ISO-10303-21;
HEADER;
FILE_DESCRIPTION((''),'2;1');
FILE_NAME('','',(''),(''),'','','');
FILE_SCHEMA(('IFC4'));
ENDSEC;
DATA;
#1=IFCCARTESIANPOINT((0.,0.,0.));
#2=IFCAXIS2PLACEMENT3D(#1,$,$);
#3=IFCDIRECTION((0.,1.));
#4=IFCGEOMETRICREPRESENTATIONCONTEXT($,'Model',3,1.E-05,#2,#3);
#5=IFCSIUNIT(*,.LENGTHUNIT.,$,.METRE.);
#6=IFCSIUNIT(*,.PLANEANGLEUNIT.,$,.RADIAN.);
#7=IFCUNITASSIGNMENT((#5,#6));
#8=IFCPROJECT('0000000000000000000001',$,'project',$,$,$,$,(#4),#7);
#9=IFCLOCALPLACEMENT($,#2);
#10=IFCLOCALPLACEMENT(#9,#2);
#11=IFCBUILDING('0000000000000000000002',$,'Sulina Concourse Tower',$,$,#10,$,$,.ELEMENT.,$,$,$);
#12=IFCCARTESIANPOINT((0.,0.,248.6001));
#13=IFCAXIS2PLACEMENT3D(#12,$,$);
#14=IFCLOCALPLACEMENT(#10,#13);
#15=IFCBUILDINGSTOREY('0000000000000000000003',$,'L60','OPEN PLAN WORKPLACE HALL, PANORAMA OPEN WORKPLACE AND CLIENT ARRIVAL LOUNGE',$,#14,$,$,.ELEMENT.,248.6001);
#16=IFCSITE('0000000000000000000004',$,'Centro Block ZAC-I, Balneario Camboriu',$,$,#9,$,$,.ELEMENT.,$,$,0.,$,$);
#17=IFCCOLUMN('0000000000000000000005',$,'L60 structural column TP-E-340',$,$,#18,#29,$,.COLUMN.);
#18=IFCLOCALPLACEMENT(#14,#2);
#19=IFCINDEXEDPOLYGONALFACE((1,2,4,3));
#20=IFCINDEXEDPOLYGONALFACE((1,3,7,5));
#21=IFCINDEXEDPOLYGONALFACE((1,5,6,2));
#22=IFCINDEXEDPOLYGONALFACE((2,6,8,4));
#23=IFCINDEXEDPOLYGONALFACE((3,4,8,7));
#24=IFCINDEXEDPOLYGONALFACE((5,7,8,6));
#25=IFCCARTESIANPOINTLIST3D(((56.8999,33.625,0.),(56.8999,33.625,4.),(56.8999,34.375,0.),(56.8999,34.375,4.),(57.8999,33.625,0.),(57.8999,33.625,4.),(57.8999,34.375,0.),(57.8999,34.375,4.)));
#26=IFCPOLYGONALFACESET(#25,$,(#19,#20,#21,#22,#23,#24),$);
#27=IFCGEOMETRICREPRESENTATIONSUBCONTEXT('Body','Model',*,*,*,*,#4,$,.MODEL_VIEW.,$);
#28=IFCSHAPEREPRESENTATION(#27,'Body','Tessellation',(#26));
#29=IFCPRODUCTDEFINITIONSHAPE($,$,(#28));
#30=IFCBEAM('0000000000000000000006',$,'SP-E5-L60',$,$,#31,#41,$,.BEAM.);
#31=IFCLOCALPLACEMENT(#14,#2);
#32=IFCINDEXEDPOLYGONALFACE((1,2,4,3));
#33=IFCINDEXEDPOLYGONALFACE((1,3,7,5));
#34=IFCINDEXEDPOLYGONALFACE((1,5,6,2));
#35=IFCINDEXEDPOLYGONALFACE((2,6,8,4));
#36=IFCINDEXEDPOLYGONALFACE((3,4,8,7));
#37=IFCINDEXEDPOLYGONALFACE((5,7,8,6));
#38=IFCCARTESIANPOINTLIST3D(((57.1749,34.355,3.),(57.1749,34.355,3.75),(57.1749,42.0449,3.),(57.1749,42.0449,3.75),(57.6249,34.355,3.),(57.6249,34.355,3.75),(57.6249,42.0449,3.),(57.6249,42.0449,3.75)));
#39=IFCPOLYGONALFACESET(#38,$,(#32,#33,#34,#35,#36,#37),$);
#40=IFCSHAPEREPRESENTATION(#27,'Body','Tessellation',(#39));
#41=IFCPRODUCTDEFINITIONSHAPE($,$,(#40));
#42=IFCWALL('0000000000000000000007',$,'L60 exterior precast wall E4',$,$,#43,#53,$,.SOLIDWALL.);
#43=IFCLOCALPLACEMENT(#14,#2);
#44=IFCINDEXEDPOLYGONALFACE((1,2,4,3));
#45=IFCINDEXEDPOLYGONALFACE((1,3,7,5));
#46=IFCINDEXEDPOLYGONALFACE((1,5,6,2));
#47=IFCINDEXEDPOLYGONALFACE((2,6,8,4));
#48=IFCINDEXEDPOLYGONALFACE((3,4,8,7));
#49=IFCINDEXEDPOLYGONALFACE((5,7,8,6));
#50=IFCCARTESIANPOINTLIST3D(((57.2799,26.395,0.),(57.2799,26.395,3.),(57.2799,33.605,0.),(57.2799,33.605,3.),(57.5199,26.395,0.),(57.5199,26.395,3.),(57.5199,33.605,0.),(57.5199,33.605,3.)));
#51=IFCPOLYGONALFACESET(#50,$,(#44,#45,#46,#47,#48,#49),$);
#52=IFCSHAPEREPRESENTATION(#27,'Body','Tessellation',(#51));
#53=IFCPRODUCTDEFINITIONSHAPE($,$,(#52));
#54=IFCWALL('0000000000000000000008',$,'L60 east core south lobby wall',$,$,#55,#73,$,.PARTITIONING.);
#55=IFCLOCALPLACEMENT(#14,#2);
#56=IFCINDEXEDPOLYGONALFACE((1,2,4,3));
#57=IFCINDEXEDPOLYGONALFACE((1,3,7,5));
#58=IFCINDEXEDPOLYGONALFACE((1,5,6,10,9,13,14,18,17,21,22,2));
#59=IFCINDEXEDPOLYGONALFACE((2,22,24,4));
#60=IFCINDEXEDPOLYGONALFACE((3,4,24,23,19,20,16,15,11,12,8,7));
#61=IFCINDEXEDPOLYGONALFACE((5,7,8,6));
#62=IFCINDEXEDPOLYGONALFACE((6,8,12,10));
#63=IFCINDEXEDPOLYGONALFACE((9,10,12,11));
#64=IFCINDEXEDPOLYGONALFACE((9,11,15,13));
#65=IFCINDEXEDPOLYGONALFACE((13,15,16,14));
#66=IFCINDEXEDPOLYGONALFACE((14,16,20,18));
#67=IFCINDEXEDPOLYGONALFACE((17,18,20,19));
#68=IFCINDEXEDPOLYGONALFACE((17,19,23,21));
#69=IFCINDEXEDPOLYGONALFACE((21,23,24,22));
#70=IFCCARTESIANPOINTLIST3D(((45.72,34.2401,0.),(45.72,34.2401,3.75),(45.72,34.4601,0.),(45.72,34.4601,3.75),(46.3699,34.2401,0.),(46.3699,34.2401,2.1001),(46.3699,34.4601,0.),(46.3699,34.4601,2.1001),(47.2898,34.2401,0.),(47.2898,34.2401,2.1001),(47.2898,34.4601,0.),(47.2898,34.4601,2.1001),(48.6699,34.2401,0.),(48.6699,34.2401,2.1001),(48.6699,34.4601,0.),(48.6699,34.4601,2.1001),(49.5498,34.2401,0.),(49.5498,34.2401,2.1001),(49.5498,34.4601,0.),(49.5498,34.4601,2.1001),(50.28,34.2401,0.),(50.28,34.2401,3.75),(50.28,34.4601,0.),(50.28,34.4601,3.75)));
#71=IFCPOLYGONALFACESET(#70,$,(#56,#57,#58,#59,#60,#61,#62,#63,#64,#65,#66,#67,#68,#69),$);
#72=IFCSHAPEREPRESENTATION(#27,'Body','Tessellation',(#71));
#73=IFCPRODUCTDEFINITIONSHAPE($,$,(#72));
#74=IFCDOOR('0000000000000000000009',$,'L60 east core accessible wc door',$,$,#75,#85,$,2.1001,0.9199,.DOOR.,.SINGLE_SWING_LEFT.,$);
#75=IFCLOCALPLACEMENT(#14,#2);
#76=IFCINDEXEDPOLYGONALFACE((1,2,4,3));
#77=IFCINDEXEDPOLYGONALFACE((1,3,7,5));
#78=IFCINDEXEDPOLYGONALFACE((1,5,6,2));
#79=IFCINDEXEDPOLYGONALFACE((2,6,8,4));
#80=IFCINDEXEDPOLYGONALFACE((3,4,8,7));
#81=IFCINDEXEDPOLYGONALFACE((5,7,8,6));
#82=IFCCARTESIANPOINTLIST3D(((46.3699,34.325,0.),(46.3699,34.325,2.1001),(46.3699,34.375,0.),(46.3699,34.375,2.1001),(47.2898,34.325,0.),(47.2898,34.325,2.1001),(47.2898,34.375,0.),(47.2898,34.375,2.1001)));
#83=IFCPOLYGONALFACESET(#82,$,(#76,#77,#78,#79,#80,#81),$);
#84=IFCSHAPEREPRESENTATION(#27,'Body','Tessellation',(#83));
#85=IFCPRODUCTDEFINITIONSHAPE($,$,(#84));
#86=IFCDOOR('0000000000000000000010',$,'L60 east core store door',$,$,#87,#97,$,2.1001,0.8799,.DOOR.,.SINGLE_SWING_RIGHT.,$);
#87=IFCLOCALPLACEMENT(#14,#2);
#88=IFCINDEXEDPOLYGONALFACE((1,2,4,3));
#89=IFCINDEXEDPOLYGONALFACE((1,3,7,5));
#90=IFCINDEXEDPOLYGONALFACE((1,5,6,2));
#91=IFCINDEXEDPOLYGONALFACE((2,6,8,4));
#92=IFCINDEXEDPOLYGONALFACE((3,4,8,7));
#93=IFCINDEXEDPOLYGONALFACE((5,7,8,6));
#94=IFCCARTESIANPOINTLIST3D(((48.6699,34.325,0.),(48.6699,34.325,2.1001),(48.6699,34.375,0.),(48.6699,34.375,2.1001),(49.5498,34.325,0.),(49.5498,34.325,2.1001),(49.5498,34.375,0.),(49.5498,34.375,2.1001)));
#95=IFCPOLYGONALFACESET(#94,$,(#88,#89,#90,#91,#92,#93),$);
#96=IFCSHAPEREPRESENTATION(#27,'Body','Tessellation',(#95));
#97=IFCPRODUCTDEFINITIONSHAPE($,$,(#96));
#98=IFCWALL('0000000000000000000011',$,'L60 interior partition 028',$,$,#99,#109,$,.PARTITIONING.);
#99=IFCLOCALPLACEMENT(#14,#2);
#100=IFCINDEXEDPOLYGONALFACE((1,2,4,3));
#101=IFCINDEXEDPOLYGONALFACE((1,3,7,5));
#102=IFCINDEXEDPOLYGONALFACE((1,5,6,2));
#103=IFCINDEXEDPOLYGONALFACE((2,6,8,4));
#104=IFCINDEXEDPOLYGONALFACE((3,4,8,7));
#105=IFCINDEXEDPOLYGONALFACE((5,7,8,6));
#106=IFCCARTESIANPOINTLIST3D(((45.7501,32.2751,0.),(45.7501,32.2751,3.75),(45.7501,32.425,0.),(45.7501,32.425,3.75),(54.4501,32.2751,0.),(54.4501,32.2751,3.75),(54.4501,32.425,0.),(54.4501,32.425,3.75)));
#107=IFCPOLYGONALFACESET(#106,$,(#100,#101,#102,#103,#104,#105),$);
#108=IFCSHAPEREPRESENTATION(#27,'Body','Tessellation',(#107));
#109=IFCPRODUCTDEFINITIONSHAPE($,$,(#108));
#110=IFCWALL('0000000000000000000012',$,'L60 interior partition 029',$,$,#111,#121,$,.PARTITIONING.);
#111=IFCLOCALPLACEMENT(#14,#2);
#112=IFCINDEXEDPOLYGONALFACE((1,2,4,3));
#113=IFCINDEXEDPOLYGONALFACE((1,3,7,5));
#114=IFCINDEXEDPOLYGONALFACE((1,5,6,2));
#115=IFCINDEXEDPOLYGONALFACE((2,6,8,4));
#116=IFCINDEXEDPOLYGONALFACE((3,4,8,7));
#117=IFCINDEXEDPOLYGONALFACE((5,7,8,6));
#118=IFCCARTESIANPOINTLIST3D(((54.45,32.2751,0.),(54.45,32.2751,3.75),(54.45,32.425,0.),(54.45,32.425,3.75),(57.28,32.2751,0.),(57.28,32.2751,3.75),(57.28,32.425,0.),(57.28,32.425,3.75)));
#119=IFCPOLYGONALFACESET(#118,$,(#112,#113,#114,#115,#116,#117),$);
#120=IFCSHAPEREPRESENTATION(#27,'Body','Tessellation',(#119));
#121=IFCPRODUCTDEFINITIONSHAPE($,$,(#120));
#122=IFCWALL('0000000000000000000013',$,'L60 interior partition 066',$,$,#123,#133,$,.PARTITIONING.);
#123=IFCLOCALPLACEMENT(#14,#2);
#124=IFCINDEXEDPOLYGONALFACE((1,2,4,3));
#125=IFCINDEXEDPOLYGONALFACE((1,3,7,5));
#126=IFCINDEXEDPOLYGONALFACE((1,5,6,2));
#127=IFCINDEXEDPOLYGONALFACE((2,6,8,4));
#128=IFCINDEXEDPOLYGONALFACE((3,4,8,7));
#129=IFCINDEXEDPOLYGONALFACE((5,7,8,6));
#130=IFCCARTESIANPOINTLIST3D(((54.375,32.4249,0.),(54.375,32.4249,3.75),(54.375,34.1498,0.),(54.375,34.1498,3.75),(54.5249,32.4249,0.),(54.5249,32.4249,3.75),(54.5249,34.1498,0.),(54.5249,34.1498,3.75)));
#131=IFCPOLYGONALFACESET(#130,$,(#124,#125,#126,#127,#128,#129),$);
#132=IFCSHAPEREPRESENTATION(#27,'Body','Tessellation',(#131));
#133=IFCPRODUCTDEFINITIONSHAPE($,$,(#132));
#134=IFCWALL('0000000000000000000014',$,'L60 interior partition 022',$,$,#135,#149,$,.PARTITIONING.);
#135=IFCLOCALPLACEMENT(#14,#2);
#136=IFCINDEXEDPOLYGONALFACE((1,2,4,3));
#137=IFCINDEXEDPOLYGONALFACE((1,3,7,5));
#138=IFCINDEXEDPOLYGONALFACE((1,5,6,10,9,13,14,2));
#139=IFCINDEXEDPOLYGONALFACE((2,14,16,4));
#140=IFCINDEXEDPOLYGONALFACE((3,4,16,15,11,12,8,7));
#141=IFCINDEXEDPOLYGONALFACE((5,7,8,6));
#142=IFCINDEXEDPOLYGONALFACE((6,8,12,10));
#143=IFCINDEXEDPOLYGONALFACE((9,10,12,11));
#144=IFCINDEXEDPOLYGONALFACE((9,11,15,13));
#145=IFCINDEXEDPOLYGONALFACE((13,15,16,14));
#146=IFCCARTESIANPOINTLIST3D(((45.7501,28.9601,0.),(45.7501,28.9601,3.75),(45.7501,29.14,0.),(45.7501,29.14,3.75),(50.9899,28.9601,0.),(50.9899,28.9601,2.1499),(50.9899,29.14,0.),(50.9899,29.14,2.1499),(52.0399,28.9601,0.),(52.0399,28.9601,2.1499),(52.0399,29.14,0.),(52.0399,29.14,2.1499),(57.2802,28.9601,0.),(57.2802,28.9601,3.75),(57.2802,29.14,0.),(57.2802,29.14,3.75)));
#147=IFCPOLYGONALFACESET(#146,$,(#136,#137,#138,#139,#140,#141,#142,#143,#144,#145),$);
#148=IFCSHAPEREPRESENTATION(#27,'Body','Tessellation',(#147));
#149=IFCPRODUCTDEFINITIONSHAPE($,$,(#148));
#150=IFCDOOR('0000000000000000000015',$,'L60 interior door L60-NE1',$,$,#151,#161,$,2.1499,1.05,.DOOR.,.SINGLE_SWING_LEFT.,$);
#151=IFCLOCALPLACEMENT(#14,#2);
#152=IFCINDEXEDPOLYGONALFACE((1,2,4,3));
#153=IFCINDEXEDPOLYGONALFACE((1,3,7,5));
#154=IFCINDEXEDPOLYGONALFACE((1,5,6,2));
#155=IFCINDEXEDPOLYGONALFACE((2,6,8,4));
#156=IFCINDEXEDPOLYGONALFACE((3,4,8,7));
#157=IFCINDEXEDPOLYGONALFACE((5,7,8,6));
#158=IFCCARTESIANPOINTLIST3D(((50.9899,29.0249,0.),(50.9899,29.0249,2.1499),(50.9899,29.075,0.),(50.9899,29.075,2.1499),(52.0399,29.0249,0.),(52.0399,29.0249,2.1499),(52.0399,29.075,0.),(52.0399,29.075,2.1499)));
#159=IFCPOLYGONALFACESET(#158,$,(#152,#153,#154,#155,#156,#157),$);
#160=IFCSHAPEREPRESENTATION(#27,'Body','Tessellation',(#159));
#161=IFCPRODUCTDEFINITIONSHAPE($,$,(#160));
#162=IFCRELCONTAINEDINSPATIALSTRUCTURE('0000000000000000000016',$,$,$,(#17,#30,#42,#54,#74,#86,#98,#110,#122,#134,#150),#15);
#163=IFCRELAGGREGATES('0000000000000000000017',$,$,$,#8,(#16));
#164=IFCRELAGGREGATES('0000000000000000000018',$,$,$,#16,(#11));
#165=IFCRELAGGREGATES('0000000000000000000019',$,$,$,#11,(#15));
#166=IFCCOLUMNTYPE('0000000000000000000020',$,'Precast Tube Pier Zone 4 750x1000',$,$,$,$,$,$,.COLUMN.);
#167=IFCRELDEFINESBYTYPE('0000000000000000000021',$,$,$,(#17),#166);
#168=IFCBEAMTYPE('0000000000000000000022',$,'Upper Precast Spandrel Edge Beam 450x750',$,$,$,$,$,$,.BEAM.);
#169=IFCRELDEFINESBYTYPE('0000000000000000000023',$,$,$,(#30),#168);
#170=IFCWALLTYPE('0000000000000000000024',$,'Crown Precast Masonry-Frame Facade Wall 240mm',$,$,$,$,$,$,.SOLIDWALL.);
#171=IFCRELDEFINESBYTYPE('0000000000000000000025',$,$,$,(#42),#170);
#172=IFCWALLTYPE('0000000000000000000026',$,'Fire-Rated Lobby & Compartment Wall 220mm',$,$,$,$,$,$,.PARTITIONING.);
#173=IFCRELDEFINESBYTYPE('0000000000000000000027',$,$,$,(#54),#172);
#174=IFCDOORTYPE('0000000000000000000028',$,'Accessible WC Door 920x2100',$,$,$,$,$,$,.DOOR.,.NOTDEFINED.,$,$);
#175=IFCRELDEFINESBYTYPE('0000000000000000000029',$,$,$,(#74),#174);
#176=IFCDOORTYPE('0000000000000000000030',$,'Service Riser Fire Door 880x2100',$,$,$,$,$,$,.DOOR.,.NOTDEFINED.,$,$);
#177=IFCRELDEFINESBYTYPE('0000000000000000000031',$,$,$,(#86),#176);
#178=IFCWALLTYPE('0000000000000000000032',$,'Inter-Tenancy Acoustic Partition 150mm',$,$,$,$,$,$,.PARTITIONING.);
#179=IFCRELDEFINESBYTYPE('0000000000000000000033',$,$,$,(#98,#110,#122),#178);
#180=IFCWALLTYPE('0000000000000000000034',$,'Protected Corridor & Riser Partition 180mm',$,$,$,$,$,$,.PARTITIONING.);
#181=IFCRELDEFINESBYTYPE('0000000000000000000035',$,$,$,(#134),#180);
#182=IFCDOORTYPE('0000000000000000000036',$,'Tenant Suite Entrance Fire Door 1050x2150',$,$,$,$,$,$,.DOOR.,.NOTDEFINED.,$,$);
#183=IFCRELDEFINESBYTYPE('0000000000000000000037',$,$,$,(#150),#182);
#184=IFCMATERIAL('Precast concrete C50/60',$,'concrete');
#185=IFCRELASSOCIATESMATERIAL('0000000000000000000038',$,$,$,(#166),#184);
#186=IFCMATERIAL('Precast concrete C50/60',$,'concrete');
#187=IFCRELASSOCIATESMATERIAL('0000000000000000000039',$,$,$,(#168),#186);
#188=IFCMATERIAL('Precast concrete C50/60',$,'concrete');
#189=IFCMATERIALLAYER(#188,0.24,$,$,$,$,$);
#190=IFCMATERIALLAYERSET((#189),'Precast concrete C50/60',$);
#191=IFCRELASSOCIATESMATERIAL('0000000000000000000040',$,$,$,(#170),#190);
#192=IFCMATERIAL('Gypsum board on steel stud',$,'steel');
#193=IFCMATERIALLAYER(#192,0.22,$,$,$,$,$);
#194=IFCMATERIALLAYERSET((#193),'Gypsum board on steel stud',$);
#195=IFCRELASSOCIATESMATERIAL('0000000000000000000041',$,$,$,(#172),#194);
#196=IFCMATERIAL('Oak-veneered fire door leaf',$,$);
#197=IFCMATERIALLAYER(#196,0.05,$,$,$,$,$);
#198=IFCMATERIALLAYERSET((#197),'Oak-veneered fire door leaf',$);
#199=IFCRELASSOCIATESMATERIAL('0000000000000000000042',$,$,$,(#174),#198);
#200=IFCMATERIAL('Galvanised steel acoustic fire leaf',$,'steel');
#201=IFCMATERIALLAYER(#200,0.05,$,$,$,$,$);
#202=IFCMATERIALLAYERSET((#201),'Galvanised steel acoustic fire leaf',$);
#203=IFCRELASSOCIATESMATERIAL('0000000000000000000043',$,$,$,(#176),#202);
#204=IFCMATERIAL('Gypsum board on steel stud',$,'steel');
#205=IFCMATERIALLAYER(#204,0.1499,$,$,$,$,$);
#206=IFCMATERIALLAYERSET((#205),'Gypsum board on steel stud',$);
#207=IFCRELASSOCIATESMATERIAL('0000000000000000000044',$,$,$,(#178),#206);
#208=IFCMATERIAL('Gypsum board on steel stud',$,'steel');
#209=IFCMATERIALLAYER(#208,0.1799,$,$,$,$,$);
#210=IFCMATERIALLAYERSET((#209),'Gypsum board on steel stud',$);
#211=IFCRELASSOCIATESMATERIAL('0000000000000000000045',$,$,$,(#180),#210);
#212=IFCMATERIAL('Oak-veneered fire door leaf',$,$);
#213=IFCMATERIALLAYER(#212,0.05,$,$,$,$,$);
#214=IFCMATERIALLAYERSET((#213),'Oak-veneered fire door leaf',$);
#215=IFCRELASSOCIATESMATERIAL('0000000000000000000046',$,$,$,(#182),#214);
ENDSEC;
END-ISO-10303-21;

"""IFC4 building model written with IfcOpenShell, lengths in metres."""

from ifc_helpers import new_model, si_unit, direction, frame, frame_2d, origin, origin_2d, place, context, subcontext, project, spatial, rectangle, extrude, material, layer, layer_set, material_profile, profile_set, type_object, element, fill, save


model = new_model("IFC4")

# Units and contexts
model_context = context("Model", 3, precision=1e-05, world=origin(), true_north=direction((0.0, 1.0)))
body_context = subcontext(model_context, "Body", "Model", "MODEL_VIEW")
ifc_project = project(units=[si_unit("LENGTHUNIT", "METRE"), si_unit("PLANEANGLEUNIT", "RADIAN")], contexts=[model_context])

# Site, building, storey
site_placement = place(None, origin())
site = spatial("IfcSite", under=ifc_project, at=site_placement, Name="Centro Block ZAC-I, Balneario Camboriu", CompositionType="ELEMENT", RefElevation=0.0)
building_placement = place(site_placement, origin())
building = spatial("IfcBuilding", under=site, at=building_placement, Name="Sulina Concourse Tower", CompositionType="ELEMENT")
storey_placement = place(building_placement, frame((0.0, 0.0, 248.6001)))
storey = spatial("IfcBuildingStorey", under=building, at=storey_placement, Name="L60", Description="OPEN PLAN WORKPLACE HALL, PANORAMA OPEN WORKPLACE AND CLIENT ARRIVAL LOUNGE", CompositionType="ELEMENT", Elevation=248.6001)

# Column
ifc_material_1 = material(Name="Precast concrete C50/60", Category="concrete")
ifc_material_profile_1 = material_profile(ifc_material_1, rectangle(XDim=0.75, YDim=1.0, at=origin_2d()), Name="PC 750x1000")
ifc_profile_set_1 = profile_set([ifc_material_profile_1], Name="Precast concrete C50/60")
column_type = type_object("IfcColumnType", Name="Precast Tube Pier Zone 4 750x1000", PredefinedType="COLUMN", material=ifc_profile_set_1)
column_placement = place(storey_placement, frame((57.3999, 34.0, 0.0), z_axis=(0.0, 0.0, 1.0), x_axis=(0.0, 1.0, 0.0)))
element("IfcColumn", 1, at=column_placement, inside=storey, type_object=column_type, Name="L60 structural column TP-E-340", PredefinedType="COLUMN", context=body_context, shape_type="SweptSolid", body=[
    extrude(rectangle(XDim=0.75, YDim=1.0, at=origin_2d()), origin(), (0.0, 0.0, 1.0), 4.0),
])

# Beam
ifc_material_2 = material(Name="Precast concrete C50/60", Category="concrete")
ifc_material_profile_2 = material_profile(ifc_material_2, rectangle(XDim=0.45, YDim=0.75, at=origin_2d()), Name="RC 450x750")
ifc_profile_set_2 = profile_set([ifc_material_profile_2], Name="Precast concrete C50/60")
beam_type = type_object("IfcBeamType", Name="Upper Precast Spandrel Edge Beam 450x750", PredefinedType="BEAM", material=ifc_profile_set_2)
beam_placement = place(storey_placement, frame((57.3999, 34.355, 3.375), z_axis=(0.0, 1.0, 0.0), x_axis=(-1.0, 0.0, 0.0)))
element("IfcBeam", 2, at=beam_placement, inside=storey, type_object=beam_type, Name="SP-E5-L60", PredefinedType="BEAM", context=body_context, shape_type="SweptSolid", body=[
    extrude(rectangle(XDim=0.45, YDim=0.75, at=origin_2d()), origin(), (0.0, 0.0, 1.0), 7.6899),
])

# Wall
ifc_material_3 = material(Name="Precast concrete C50/60", Category="concrete")
ifc_layer_1 = layer(ifc_material_3, 0.24)
ifc_layer_set_1 = layer_set([ifc_layer_1], Name="Precast concrete C50/60")
wall_type_1 = type_object("IfcWallType", Name="Crown Precast Masonry-Frame Facade Wall 240mm", PredefinedType="SOLIDWALL", material=ifc_layer_set_1)
wall_1_placement = place(storey_placement, frame((57.3999, 33.605, 0.0), z_axis=(0.0, 0.0, 1.0), x_axis=(0.0, -1.0, 0.0)))
element("IfcWall", 3, at=wall_1_placement, inside=storey, type_object=wall_type_1, Name="L60 exterior precast wall E4", PredefinedType="SOLIDWALL", context=body_context, shape_type="SweptSolid", body=[
    extrude(rectangle(XDim=7.21, YDim=0.24, at=frame_2d((3.605, 0.0))), origin(), (0.0, 0.0, 1.0), 3.0),
])

# Wall, openings, doors
ifc_material_4 = material(Name="Gypsum board on steel stud", Category="steel")
ifc_layer_2 = layer(ifc_material_4, 0.22)
ifc_layer_set_2 = layer_set([ifc_layer_2], Name="Gypsum board on steel stud")
wall_type_2 = type_object("IfcWallType", Name="Fire-Rated Lobby & Compartment Wall 220mm", PredefinedType="PARTITIONING", material=ifc_layer_set_2)
wall_2_placement = place(storey_placement, frame((45.72, 34.3501, 0.0), z_axis=(0.0, 0.0, 1.0), x_axis=(1.0, 0.0, 0.0)))
wall_2 = element("IfcWall", 4, at=wall_2_placement, inside=storey, type_object=wall_type_2, Name="L60 east core south lobby wall", PredefinedType="PARTITIONING", context=body_context, shape_type="SweptSolid", body=[
    extrude(rectangle(XDim=4.5601, YDim=0.22, at=frame_2d((2.28, 0.0))), origin(), (0.0, 0.0, 1.0), 3.75),
])
opening_1_placement = place(wall_2_placement, frame((0.6499, 0.0, 0.0)))
opening_1 = element("IfcOpeningElement", 5, at=opening_1_placement, cuts=wall_2, PredefinedType="OPENING", context=body_context, shape_type="SweptSolid", body=[
    extrude(rectangle(XDim=0.9199, YDim=2.1001, at=frame_2d((0.46, 1.05))), frame((0.0, 0.1199, 0.0), z_axis=(0.0, -1.0, 0.0), x_axis=(1.0, 0.0, 0.0)), (0.0, 0.0, 1.0), 0.24),
])
opening_2_placement = place(wall_2_placement, frame((2.95, 0.0, 0.0)))
opening_2 = element("IfcOpeningElement", 6, at=opening_2_placement, cuts=wall_2, PredefinedType="OPENING", context=body_context, shape_type="SweptSolid", body=[
    extrude(rectangle(XDim=0.8799, YDim=2.1001, at=frame_2d((0.4399, 1.05))), frame((0.0, 0.1199, 0.0), z_axis=(0.0, -1.0, 0.0), x_axis=(1.0, 0.0, 0.0)), (0.0, 0.0, 1.0), 0.24),
])
ifc_material_5 = material(Name="Oak-veneered fire door leaf")
ifc_layer_3 = layer(ifc_material_5, 0.05)
ifc_layer_set_3 = layer_set([ifc_layer_3], Name="Oak-veneered fire door leaf")
door_type_1 = type_object("IfcDoorType", Name="Accessible WC Door 920x2100", OperationType="NOTDEFINED", PredefinedType="DOOR", material=ifc_layer_set_3)
door_1_placement = place(opening_1_placement, origin())
door_1 = element("IfcDoor", 7, at=door_1_placement, inside=storey, type_object=door_type_1, Name="L60 east core accessible wc door", OperationType="SINGLE_SWING_LEFT", OverallHeight=2.1001, OverallWidth=0.9199, PredefinedType="DOOR", context=body_context, shape_type="SweptSolid", body=[
    extrude(rectangle(XDim=0.9199, YDim=2.1001, at=frame_2d((0.46, 1.05))), frame((0.0, 0.0249, 0.0), z_axis=(0.0, -1.0, 0.0), x_axis=(1.0, 0.0, 0.0)), (0.0, 0.0, 1.0), 0.05),
])
fill(opening_1, door_1)
ifc_material_6 = material(Name="Galvanised steel acoustic fire leaf", Category="steel")
ifc_layer_4 = layer(ifc_material_6, 0.05)
ifc_layer_set_4 = layer_set([ifc_layer_4], Name="Galvanised steel acoustic fire leaf")
door_type_2 = type_object("IfcDoorType", Name="Service Riser Fire Door 880x2100", OperationType="NOTDEFINED", PredefinedType="DOOR", material=ifc_layer_set_4)
door_2_placement = place(opening_2_placement, origin())
door_2 = element("IfcDoor", 8, at=door_2_placement, inside=storey, type_object=door_type_2, Name="L60 east core store door", OperationType="SINGLE_SWING_RIGHT", OverallHeight=2.1001, OverallWidth=0.8799, PredefinedType="DOOR", context=body_context, shape_type="SweptSolid", body=[
    extrude(rectangle(XDim=0.8799, YDim=2.1001, at=frame_2d((0.4399, 1.05))), frame((0.0, 0.0249, 0.0), z_axis=(0.0, -1.0, 0.0), x_axis=(1.0, 0.0, 0.0)), (0.0, 0.0, 1.0), 0.05),
])
fill(opening_2, door_2)

# Walls
ifc_material_7 = material(Name="Gypsum board on steel stud", Category="steel")
ifc_layer_5 = layer(ifc_material_7, 0.1499)
ifc_layer_set_5 = layer_set([ifc_layer_5], Name="Gypsum board on steel stud")
wall_type_3 = type_object("IfcWallType", Name="Inter-Tenancy Acoustic Partition 150mm", PredefinedType="PARTITIONING", material=ifc_layer_set_5)
wall_3_placement = place(storey_placement, frame((45.75, 32.3501, 0.0), z_axis=(0.0, 0.0, 1.0), x_axis=(1.0, 0.0, 0.0)))
element("IfcWall", 9, at=wall_3_placement, inside=storey, type_object=wall_type_3, Name="L60 interior partition 028", PredefinedType="PARTITIONING", context=body_context, shape_type="SweptSolid", body=[
    extrude(rectangle(XDim=8.7, YDim=0.1499, at=frame_2d((4.3501, 0.0))), origin(), (0.0, 0.0, 1.0), 3.75),
])
wall_4_placement = place(storey_placement, frame((54.45, 32.3501, 0.0), z_axis=(0.0, 0.0, 1.0), x_axis=(1.0, 0.0, 0.0)))
element("IfcWall", 10, at=wall_4_placement, inside=storey, type_object=wall_type_3, Name="L60 interior partition 029", PredefinedType="PARTITIONING", context=body_context, shape_type="SweptSolid", body=[
    extrude(rectangle(XDim=2.8301, YDim=0.1499, at=frame_2d((1.415, 0.0))), origin(), (0.0, 0.0, 1.0), 3.75),
])
wall_5_placement = place(storey_placement, frame((54.45, 32.425, 0.0), z_axis=(0.0, 0.0, 1.0), x_axis=(0.0, 1.0, 0.0)))
element("IfcWall", 11, at=wall_5_placement, inside=storey, type_object=wall_type_3, Name="L60 interior partition 066", PredefinedType="PARTITIONING", context=body_context, shape_type="SweptSolid", body=[
    extrude(rectangle(XDim=1.7249, YDim=0.1499, at=frame_2d((0.8623, 0.0))), origin(), (0.0, 0.0, 1.0), 3.75),
])

# Wall, opening, door
ifc_material_8 = material(Name="Gypsum board on steel stud", Category="steel")
ifc_layer_6 = layer(ifc_material_8, 0.1799)
ifc_layer_set_6 = layer_set([ifc_layer_6], Name="Gypsum board on steel stud")
wall_type_4 = type_object("IfcWallType", Name="Protected Corridor & Riser Partition 180mm", PredefinedType="PARTITIONING", material=ifc_layer_set_6)
wall_6_placement = place(storey_placement, frame((45.75, 29.05, 0.0), z_axis=(0.0, 0.0, 1.0), x_axis=(1.0, 0.0, 0.0)))
wall_6 = element("IfcWall", 12, at=wall_6_placement, inside=storey, type_object=wall_type_4, Name="L60 interior partition 022", PredefinedType="PARTITIONING", context=body_context, shape_type="SweptSolid", body=[
    extrude(rectangle(XDim=11.53, YDim=0.1799, at=frame_2d((5.7651, 0.0))), origin(), (0.0, 0.0, 1.0), 3.75),
])
opening_3_placement = place(wall_6_placement, frame((5.24, 0.0, 0.0)))
opening_3 = element("IfcOpeningElement", 13, at=opening_3_placement, cuts=wall_6, PredefinedType="OPENING", context=body_context, shape_type="SweptSolid", body=[
    extrude(rectangle(XDim=1.05, YDim=2.1499, at=frame_2d((0.5249, 1.075))), frame((0.0, 0.0999, 0.0), z_axis=(0.0, -1.0, 0.0), x_axis=(1.0, 0.0, 0.0)), (0.0, 0.0, 1.0), 0.2),
])
ifc_material_9 = material(Name="Oak-veneered fire door leaf")
ifc_layer_7 = layer(ifc_material_9, 0.05)
ifc_layer_set_7 = layer_set([ifc_layer_7], Name="Oak-veneered fire door leaf")
door_type_3 = type_object("IfcDoorType", Name="Tenant Suite Entrance Fire Door 1050x2150", OperationType="NOTDEFINED", PredefinedType="DOOR", material=ifc_layer_set_7)
door_3_placement = place(opening_3_placement, origin())
door_3 = element("IfcDoor", 14, at=door_3_placement, inside=storey, type_object=door_type_3, Name="L60 interior door L60-NE1", OperationType="SINGLE_SWING_LEFT", OverallHeight=2.1499, OverallWidth=1.05, PredefinedType="DOOR", context=body_context, shape_type="SweptSolid", body=[
    extrude(rectangle(XDim=1.05, YDim=2.1499, at=frame_2d((0.5249, 1.075))), frame((0.0, 0.0249, 0.0), z_axis=(0.0, -1.0, 0.0), x_axis=(1.0, 0.0, 0.0)), (0.0, 0.0, 1.0), 0.05),
])
fill(opening_3, door_3)

save(model, "model.ifc")
